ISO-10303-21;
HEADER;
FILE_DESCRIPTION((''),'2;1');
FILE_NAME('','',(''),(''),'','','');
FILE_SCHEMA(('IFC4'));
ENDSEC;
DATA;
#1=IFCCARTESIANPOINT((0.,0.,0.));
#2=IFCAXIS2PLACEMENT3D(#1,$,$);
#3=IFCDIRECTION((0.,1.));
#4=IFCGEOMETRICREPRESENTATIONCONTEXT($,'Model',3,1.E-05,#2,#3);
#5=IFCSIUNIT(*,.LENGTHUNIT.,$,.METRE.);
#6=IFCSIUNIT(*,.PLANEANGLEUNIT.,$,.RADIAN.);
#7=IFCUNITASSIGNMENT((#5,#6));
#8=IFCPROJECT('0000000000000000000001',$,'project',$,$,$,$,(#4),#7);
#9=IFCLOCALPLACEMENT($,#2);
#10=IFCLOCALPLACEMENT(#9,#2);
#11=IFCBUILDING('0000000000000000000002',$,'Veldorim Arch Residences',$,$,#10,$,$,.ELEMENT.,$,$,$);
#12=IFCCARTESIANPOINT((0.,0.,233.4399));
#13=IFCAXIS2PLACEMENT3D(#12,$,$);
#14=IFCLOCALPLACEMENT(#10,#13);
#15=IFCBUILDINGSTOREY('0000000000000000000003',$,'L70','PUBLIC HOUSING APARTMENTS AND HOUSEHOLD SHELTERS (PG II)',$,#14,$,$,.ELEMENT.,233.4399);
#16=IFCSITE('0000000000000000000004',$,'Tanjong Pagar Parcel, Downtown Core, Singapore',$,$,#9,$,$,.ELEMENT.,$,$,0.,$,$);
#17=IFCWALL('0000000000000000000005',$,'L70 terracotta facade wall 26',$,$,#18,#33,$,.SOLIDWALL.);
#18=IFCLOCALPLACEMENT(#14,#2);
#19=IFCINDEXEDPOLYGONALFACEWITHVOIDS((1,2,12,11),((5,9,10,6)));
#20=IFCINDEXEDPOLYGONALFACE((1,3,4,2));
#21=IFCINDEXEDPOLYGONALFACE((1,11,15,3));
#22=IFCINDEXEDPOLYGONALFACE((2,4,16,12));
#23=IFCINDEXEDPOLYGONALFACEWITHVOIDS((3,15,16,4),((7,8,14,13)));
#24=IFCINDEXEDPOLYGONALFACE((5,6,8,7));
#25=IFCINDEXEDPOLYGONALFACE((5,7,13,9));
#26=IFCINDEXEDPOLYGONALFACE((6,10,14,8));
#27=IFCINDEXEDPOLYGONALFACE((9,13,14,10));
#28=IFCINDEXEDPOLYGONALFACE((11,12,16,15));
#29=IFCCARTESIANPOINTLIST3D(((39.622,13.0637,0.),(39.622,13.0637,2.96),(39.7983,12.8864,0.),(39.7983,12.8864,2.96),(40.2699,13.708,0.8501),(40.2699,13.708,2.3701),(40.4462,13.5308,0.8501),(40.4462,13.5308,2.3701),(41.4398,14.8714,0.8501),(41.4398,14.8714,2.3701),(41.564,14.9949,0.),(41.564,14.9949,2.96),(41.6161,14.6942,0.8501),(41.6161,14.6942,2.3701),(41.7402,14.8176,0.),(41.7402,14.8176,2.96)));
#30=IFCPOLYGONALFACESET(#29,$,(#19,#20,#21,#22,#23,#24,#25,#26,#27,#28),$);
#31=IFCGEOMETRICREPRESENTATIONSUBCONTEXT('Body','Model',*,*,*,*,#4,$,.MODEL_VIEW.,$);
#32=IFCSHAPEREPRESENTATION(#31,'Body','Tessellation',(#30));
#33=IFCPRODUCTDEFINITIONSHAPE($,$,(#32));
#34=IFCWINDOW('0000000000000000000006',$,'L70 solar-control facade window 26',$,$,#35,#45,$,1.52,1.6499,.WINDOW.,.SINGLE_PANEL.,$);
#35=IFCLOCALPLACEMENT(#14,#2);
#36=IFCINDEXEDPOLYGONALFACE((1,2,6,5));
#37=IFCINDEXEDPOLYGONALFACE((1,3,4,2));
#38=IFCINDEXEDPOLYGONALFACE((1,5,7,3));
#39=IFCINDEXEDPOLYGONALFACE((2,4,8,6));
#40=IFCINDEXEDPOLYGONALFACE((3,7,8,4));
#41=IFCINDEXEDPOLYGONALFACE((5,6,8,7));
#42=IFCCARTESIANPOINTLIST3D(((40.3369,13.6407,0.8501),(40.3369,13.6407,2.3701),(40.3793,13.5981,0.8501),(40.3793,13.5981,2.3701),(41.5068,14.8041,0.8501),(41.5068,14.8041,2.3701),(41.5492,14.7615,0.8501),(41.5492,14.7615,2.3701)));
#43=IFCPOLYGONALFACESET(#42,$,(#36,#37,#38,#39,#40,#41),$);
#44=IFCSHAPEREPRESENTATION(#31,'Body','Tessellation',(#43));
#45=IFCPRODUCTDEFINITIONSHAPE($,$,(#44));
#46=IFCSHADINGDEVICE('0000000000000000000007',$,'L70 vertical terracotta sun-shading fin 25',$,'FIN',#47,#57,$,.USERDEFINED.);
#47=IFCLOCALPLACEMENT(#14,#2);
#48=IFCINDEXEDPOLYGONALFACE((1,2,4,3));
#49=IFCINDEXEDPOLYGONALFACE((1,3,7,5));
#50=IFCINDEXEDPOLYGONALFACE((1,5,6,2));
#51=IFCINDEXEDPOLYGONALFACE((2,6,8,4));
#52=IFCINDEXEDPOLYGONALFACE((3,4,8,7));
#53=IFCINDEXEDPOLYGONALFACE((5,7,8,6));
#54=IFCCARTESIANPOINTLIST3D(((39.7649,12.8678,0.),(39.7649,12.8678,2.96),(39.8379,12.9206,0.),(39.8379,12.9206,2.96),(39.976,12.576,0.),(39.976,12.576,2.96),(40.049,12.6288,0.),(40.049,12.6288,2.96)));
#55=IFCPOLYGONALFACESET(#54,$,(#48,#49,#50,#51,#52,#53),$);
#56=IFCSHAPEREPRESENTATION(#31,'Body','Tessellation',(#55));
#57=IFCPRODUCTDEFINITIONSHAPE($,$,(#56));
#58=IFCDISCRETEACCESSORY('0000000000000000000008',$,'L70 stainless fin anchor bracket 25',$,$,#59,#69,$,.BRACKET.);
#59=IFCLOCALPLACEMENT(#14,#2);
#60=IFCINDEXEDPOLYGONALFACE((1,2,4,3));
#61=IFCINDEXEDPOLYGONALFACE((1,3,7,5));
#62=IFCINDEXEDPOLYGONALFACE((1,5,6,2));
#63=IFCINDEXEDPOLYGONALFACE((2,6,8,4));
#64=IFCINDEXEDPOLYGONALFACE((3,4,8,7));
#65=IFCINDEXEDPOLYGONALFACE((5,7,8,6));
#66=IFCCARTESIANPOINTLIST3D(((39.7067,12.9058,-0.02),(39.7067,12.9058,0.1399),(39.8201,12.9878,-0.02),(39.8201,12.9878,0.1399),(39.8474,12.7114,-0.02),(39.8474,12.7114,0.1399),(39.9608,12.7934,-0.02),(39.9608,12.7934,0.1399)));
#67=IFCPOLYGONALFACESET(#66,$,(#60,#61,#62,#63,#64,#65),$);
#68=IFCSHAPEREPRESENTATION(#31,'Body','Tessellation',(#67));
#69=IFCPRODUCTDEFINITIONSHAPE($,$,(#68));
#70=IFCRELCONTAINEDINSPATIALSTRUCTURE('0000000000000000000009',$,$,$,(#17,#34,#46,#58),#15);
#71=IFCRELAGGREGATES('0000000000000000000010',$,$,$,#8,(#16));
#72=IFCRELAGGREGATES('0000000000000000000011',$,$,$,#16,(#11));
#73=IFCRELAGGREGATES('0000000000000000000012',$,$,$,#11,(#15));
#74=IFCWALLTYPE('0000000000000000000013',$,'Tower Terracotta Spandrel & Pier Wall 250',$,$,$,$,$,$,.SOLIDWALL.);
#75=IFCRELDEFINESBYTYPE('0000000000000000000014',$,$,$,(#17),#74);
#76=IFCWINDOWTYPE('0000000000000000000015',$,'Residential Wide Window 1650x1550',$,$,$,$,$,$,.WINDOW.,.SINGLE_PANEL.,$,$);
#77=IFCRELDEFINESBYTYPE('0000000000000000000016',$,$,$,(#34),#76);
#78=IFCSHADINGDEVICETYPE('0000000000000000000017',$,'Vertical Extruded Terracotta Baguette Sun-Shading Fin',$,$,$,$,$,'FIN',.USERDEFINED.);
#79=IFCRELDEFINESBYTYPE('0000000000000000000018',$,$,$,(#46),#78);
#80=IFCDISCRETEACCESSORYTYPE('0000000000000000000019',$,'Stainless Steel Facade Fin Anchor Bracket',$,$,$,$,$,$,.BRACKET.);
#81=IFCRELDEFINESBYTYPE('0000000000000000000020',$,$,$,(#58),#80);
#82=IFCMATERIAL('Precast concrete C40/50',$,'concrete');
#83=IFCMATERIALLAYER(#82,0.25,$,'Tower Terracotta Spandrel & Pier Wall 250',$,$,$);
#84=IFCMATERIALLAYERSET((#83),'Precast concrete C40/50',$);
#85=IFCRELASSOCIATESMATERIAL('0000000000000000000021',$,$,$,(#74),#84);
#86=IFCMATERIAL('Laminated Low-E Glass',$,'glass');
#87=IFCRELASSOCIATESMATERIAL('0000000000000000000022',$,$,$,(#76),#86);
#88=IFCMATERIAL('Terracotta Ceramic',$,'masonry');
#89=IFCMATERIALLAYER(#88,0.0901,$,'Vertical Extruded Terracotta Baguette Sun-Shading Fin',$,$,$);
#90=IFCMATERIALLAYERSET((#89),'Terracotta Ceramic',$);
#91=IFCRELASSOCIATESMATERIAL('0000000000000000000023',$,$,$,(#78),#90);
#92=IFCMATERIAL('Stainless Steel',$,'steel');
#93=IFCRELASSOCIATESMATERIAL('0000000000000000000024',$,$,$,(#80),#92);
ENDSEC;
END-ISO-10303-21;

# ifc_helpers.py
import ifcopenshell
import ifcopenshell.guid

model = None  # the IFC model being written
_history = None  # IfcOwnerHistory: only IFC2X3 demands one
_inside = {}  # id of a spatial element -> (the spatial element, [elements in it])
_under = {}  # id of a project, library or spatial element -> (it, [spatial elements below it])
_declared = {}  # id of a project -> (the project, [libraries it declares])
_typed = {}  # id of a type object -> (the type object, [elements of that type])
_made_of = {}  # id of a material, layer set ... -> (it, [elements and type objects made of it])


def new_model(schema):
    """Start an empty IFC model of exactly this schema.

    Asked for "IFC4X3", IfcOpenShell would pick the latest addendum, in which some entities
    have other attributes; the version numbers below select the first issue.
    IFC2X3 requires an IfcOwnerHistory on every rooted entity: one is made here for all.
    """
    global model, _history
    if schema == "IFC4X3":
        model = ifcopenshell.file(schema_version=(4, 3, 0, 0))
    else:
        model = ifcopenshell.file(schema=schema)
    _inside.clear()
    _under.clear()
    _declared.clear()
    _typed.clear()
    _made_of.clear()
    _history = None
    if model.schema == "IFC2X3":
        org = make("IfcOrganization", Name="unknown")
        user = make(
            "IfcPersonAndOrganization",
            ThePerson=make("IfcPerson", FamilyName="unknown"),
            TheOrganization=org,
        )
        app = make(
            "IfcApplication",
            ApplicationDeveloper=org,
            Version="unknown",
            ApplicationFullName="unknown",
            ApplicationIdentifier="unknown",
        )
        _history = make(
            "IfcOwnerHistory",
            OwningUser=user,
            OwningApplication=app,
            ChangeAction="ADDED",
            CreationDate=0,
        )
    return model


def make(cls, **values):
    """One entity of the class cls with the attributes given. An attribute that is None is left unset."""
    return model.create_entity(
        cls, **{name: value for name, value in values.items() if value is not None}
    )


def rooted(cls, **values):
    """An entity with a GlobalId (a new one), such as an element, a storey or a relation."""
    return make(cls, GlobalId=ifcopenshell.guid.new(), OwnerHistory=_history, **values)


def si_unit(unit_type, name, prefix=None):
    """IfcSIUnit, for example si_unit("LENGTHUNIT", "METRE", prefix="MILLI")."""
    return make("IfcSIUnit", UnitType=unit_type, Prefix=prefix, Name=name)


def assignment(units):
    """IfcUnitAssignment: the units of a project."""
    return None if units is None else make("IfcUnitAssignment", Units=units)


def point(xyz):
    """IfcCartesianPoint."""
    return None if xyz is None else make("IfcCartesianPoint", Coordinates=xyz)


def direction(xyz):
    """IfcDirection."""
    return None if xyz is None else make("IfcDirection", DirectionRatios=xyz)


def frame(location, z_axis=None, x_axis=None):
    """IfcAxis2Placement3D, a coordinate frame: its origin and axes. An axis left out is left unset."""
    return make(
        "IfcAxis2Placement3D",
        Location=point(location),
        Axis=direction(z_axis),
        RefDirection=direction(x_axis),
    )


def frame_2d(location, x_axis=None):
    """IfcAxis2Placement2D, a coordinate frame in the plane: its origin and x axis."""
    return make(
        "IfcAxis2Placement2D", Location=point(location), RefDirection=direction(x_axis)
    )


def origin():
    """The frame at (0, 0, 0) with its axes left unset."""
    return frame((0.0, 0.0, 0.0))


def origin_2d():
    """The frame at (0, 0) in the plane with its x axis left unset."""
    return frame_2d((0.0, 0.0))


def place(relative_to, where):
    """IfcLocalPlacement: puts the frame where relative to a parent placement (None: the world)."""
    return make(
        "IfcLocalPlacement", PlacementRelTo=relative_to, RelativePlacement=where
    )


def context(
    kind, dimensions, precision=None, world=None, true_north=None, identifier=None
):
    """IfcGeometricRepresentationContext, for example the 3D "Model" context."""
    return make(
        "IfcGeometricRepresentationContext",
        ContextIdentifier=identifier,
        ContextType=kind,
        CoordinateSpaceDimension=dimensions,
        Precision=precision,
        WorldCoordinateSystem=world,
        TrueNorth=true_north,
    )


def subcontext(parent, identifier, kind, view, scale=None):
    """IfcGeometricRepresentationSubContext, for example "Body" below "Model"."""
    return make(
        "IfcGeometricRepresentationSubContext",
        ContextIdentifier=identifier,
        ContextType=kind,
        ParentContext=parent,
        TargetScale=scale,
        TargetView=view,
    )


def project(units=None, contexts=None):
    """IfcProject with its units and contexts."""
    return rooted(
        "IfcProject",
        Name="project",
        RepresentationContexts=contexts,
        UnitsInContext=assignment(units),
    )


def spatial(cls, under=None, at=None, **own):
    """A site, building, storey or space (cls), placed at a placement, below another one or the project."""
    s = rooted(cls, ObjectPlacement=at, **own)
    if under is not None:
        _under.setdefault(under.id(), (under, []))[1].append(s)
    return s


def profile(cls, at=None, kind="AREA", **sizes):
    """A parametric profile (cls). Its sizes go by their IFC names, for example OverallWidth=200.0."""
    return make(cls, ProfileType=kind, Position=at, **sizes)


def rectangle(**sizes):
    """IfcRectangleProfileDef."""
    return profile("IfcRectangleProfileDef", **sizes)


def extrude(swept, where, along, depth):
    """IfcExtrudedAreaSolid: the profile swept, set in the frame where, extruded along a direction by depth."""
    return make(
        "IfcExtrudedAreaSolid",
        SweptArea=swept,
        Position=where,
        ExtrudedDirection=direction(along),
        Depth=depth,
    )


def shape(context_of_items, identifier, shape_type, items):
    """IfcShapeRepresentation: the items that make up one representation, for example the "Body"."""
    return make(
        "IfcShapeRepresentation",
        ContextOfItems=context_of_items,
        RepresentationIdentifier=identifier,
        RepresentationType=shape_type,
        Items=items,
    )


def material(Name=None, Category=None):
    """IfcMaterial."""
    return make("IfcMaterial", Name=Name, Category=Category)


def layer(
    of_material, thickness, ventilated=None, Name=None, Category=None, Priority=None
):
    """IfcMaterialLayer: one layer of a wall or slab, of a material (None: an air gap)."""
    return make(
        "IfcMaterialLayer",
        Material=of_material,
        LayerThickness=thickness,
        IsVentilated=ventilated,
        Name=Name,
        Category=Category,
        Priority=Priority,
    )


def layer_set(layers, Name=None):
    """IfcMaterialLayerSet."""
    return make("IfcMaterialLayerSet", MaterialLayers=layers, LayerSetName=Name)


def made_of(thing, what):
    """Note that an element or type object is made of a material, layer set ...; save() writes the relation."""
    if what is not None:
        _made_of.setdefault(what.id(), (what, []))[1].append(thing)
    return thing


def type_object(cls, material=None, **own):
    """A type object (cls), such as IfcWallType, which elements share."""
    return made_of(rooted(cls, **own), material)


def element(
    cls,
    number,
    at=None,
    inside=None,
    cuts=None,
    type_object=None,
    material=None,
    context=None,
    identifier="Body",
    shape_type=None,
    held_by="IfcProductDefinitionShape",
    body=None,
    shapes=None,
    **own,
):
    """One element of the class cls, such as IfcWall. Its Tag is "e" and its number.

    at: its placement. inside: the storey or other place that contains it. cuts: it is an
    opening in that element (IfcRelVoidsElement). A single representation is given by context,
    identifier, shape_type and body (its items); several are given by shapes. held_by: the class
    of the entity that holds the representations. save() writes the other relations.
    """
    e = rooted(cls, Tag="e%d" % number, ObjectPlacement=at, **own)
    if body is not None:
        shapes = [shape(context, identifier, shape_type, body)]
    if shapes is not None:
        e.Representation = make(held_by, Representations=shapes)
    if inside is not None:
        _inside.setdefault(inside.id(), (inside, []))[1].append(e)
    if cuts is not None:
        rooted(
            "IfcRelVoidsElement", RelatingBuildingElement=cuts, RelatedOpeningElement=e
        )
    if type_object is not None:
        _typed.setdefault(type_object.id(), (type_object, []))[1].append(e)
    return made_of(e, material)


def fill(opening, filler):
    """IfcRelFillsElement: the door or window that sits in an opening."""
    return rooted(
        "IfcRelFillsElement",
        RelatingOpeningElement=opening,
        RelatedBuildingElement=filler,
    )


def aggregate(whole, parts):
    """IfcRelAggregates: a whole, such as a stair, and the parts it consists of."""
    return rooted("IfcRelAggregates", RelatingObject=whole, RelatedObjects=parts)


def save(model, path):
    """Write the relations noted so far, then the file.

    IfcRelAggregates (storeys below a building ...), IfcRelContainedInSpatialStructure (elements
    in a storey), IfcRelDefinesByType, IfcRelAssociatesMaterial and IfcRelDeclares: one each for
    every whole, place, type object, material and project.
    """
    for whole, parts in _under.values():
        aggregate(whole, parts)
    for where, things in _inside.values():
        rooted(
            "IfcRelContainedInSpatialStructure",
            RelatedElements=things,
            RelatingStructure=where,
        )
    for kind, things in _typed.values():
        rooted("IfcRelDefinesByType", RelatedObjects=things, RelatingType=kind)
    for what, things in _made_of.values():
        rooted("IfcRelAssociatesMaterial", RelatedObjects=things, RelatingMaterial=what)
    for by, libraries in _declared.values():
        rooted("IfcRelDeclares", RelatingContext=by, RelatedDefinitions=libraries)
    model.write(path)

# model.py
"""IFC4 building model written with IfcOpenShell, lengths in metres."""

from ifc_helpers import new_model, si_unit, direction, frame, frame_2d, origin, origin_2d, place, context, subcontext, project, spatial, rectangle, extrude, material, layer, layer_set, type_object, element, fill, save


model = new_model("IFC4")

# Units and contexts
model_context = context("Model", 3, precision=1e-05, world=origin(), true_north=direction((0.0, 1.0)))
body_context = subcontext(model_context, "Body", "Model", "MODEL_VIEW")
ifc_project = project(units=[si_unit("LENGTHUNIT", "METRE"), si_unit("PLANEANGLEUNIT", "RADIAN")], contexts=[model_context])

# Site, building, storey
site_placement = place(None, origin())
site = spatial("IfcSite", under=ifc_project, at=site_placement, Name="Tanjong Pagar Parcel, Downtown Core, Singapore", CompositionType="ELEMENT", RefElevation=0.0)
building_placement = place(site_placement, origin())
building = spatial("IfcBuilding", under=site, at=building_placement, Name="Veldorim Arch Residences", CompositionType="ELEMENT")
storey_placement = place(building_placement, frame((0.0, 0.0, 233.4399)))
storey = spatial("IfcBuildingStorey", under=building, at=storey_placement, Name="L70", Description="PUBLIC HOUSING APARTMENTS AND HOUSEHOLD SHELTERS (PG II)", CompositionType="ELEMENT", Elevation=233.4399)

# Wall, opening, window
ifc_material_1 = material(Name="Precast concrete C40/50", Category="concrete")
ifc_layer_1 = layer(ifc_material_1, 0.25, Name="Tower Terracotta Spandrel & Pier Wall 250")
ifc_layer_set_1 = layer_set([ifc_layer_1], Name="Precast concrete C40/50")
wall_type_1 = type_object("IfcWallType", Name="Tower Terracotta Spandrel & Pier Wall 250", PredefinedType="SOLIDWALL", material=ifc_layer_set_1)
wall_1_placement = place(storey_placement, frame((41.6521, 14.9062, 0.0), z_axis=(0.0, 0.0, 1.0), x_axis=(-0.709065, -0.705143, 0.0)))
wall_1 = element("IfcWall", 1, at=wall_1_placement, inside=storey, type_object=wall_type_1, Name="L70 terracotta facade wall 26", PredefinedType="SOLIDWALL", context=body_context, shape_type="SweptSolid", body=[
    extrude(rectangle(XDim=2.7388, YDim=0.25, at=frame_2d((1.3694, 0.0))), origin(), (0.0, 0.0, 1.0), 2.96),
])
opening_1_placement = place(wall_1_placement, frame((0.175, 0.0, 0.8501)))
opening_1 = element("IfcOpeningElement", 2, at=opening_1_placement, cuts=wall_1, PredefinedType="OPENING", context=body_context, shape_type="SweptSolid", body=[
    extrude(rectangle(XDim=1.6499, YDim=1.52, at=frame_2d((0.825, 0.76))), frame((0.0, 0.135, 0.0), z_axis=(0.0, -1.0, 0.0), x_axis=(1.0, 0.0, 0.0)), (0.0, 0.0, 1.0), 0.27),
])
ifc_material_2 = material(Name="Laminated Low-E Glass", Category="glass")
window_type = type_object("IfcWindowType", Name="Residential Wide Window 1650x1550", PartitioningType="SINGLE_PANEL", PredefinedType="WINDOW", material=ifc_material_2)
window_placement = place(opening_1_placement, origin())
window = element("IfcWindow", 3, at=window_placement, inside=storey, type_object=window_type, Name="L70 solar-control facade window 26", OverallHeight=1.52, OverallWidth=1.6499, PartitioningType="SINGLE_PANEL", PredefinedType="WINDOW", context=body_context, shape_type="SweptSolid", body=[
    extrude(rectangle(XDim=1.6499, YDim=1.52, at=frame_2d((0.825, 0.76))), frame((0.0, 0.03, 0.0), z_axis=(0.0, -1.0, 0.0), x_axis=(1.0, 0.0, 0.0)), (0.0, 0.0, 1.0), 0.0601),
])
fill(opening_1, window)

# Shading device
ifc_material_3 = material(Name="Terracotta Ceramic", Category="masonry")
ifc_layer_2 = layer(ifc_material_3, 0.0901, Name="Vertical Extruded Terracotta Baguette Sun-Shading Fin")
ifc_layer_set_2 = layer_set([ifc_layer_2], Name="Terracotta Ceramic")
shading_device_type = type_object("IfcShadingDeviceType", Name="Vertical Extruded Terracotta Baguette Sun-Shading Fin", ElementType="FIN", PredefinedType="USERDEFINED", material=ifc_layer_set_2)
shading_device_placement = place(storey_placement, frame((39.907, 12.7483, 0.0), z_axis=(0.0, 0.0, 1.0), x_axis=(-0.810144, -0.586231, 0.0)))
element("IfcShadingDevice", 4, at=shading_device_placement, inside=storey, type_object=shading_device_type, Name="L70 vertical terracotta sun-shading fin 25", ObjectType="FIN", PredefinedType="USERDEFINED", context=body_context, shape_type="SweptSolid", body=[
    extrude(rectangle(XDim=0.0901, YDim=0.3601, at=origin_2d()), origin(), (0.0, 0.0, 1.0), 2.96),
])

# Discrete accessory
ifc_material_4 = material(Name="Stainless Steel", Category="steel")
discrete_accessory_type = type_object("IfcDiscreteAccessoryType", Name="Stainless Steel Facade Fin Anchor Bracket", PredefinedType="BRACKET", material=ifc_material_4)
discrete_accessory_placement = place(storey_placement, frame((39.8337, 12.8496, -0.02), z_axis=(0.0, 0.0, 1.0), x_axis=(-0.810144, -0.586231, 0.0)))
element("IfcDiscreteAccessory", 5, at=discrete_accessory_placement, inside=storey, type_object=discrete_accessory_type, Name="L70 stainless fin anchor bracket 25", PredefinedType="BRACKET", context=body_context, shape_type="SweptSolid", body=[
    extrude(rectangle(XDim=0.1399, YDim=0.24, at=origin_2d()), origin(), (0.0, 0.0, 1.0), 0.1599),
])

save(model, "model.ifc")
